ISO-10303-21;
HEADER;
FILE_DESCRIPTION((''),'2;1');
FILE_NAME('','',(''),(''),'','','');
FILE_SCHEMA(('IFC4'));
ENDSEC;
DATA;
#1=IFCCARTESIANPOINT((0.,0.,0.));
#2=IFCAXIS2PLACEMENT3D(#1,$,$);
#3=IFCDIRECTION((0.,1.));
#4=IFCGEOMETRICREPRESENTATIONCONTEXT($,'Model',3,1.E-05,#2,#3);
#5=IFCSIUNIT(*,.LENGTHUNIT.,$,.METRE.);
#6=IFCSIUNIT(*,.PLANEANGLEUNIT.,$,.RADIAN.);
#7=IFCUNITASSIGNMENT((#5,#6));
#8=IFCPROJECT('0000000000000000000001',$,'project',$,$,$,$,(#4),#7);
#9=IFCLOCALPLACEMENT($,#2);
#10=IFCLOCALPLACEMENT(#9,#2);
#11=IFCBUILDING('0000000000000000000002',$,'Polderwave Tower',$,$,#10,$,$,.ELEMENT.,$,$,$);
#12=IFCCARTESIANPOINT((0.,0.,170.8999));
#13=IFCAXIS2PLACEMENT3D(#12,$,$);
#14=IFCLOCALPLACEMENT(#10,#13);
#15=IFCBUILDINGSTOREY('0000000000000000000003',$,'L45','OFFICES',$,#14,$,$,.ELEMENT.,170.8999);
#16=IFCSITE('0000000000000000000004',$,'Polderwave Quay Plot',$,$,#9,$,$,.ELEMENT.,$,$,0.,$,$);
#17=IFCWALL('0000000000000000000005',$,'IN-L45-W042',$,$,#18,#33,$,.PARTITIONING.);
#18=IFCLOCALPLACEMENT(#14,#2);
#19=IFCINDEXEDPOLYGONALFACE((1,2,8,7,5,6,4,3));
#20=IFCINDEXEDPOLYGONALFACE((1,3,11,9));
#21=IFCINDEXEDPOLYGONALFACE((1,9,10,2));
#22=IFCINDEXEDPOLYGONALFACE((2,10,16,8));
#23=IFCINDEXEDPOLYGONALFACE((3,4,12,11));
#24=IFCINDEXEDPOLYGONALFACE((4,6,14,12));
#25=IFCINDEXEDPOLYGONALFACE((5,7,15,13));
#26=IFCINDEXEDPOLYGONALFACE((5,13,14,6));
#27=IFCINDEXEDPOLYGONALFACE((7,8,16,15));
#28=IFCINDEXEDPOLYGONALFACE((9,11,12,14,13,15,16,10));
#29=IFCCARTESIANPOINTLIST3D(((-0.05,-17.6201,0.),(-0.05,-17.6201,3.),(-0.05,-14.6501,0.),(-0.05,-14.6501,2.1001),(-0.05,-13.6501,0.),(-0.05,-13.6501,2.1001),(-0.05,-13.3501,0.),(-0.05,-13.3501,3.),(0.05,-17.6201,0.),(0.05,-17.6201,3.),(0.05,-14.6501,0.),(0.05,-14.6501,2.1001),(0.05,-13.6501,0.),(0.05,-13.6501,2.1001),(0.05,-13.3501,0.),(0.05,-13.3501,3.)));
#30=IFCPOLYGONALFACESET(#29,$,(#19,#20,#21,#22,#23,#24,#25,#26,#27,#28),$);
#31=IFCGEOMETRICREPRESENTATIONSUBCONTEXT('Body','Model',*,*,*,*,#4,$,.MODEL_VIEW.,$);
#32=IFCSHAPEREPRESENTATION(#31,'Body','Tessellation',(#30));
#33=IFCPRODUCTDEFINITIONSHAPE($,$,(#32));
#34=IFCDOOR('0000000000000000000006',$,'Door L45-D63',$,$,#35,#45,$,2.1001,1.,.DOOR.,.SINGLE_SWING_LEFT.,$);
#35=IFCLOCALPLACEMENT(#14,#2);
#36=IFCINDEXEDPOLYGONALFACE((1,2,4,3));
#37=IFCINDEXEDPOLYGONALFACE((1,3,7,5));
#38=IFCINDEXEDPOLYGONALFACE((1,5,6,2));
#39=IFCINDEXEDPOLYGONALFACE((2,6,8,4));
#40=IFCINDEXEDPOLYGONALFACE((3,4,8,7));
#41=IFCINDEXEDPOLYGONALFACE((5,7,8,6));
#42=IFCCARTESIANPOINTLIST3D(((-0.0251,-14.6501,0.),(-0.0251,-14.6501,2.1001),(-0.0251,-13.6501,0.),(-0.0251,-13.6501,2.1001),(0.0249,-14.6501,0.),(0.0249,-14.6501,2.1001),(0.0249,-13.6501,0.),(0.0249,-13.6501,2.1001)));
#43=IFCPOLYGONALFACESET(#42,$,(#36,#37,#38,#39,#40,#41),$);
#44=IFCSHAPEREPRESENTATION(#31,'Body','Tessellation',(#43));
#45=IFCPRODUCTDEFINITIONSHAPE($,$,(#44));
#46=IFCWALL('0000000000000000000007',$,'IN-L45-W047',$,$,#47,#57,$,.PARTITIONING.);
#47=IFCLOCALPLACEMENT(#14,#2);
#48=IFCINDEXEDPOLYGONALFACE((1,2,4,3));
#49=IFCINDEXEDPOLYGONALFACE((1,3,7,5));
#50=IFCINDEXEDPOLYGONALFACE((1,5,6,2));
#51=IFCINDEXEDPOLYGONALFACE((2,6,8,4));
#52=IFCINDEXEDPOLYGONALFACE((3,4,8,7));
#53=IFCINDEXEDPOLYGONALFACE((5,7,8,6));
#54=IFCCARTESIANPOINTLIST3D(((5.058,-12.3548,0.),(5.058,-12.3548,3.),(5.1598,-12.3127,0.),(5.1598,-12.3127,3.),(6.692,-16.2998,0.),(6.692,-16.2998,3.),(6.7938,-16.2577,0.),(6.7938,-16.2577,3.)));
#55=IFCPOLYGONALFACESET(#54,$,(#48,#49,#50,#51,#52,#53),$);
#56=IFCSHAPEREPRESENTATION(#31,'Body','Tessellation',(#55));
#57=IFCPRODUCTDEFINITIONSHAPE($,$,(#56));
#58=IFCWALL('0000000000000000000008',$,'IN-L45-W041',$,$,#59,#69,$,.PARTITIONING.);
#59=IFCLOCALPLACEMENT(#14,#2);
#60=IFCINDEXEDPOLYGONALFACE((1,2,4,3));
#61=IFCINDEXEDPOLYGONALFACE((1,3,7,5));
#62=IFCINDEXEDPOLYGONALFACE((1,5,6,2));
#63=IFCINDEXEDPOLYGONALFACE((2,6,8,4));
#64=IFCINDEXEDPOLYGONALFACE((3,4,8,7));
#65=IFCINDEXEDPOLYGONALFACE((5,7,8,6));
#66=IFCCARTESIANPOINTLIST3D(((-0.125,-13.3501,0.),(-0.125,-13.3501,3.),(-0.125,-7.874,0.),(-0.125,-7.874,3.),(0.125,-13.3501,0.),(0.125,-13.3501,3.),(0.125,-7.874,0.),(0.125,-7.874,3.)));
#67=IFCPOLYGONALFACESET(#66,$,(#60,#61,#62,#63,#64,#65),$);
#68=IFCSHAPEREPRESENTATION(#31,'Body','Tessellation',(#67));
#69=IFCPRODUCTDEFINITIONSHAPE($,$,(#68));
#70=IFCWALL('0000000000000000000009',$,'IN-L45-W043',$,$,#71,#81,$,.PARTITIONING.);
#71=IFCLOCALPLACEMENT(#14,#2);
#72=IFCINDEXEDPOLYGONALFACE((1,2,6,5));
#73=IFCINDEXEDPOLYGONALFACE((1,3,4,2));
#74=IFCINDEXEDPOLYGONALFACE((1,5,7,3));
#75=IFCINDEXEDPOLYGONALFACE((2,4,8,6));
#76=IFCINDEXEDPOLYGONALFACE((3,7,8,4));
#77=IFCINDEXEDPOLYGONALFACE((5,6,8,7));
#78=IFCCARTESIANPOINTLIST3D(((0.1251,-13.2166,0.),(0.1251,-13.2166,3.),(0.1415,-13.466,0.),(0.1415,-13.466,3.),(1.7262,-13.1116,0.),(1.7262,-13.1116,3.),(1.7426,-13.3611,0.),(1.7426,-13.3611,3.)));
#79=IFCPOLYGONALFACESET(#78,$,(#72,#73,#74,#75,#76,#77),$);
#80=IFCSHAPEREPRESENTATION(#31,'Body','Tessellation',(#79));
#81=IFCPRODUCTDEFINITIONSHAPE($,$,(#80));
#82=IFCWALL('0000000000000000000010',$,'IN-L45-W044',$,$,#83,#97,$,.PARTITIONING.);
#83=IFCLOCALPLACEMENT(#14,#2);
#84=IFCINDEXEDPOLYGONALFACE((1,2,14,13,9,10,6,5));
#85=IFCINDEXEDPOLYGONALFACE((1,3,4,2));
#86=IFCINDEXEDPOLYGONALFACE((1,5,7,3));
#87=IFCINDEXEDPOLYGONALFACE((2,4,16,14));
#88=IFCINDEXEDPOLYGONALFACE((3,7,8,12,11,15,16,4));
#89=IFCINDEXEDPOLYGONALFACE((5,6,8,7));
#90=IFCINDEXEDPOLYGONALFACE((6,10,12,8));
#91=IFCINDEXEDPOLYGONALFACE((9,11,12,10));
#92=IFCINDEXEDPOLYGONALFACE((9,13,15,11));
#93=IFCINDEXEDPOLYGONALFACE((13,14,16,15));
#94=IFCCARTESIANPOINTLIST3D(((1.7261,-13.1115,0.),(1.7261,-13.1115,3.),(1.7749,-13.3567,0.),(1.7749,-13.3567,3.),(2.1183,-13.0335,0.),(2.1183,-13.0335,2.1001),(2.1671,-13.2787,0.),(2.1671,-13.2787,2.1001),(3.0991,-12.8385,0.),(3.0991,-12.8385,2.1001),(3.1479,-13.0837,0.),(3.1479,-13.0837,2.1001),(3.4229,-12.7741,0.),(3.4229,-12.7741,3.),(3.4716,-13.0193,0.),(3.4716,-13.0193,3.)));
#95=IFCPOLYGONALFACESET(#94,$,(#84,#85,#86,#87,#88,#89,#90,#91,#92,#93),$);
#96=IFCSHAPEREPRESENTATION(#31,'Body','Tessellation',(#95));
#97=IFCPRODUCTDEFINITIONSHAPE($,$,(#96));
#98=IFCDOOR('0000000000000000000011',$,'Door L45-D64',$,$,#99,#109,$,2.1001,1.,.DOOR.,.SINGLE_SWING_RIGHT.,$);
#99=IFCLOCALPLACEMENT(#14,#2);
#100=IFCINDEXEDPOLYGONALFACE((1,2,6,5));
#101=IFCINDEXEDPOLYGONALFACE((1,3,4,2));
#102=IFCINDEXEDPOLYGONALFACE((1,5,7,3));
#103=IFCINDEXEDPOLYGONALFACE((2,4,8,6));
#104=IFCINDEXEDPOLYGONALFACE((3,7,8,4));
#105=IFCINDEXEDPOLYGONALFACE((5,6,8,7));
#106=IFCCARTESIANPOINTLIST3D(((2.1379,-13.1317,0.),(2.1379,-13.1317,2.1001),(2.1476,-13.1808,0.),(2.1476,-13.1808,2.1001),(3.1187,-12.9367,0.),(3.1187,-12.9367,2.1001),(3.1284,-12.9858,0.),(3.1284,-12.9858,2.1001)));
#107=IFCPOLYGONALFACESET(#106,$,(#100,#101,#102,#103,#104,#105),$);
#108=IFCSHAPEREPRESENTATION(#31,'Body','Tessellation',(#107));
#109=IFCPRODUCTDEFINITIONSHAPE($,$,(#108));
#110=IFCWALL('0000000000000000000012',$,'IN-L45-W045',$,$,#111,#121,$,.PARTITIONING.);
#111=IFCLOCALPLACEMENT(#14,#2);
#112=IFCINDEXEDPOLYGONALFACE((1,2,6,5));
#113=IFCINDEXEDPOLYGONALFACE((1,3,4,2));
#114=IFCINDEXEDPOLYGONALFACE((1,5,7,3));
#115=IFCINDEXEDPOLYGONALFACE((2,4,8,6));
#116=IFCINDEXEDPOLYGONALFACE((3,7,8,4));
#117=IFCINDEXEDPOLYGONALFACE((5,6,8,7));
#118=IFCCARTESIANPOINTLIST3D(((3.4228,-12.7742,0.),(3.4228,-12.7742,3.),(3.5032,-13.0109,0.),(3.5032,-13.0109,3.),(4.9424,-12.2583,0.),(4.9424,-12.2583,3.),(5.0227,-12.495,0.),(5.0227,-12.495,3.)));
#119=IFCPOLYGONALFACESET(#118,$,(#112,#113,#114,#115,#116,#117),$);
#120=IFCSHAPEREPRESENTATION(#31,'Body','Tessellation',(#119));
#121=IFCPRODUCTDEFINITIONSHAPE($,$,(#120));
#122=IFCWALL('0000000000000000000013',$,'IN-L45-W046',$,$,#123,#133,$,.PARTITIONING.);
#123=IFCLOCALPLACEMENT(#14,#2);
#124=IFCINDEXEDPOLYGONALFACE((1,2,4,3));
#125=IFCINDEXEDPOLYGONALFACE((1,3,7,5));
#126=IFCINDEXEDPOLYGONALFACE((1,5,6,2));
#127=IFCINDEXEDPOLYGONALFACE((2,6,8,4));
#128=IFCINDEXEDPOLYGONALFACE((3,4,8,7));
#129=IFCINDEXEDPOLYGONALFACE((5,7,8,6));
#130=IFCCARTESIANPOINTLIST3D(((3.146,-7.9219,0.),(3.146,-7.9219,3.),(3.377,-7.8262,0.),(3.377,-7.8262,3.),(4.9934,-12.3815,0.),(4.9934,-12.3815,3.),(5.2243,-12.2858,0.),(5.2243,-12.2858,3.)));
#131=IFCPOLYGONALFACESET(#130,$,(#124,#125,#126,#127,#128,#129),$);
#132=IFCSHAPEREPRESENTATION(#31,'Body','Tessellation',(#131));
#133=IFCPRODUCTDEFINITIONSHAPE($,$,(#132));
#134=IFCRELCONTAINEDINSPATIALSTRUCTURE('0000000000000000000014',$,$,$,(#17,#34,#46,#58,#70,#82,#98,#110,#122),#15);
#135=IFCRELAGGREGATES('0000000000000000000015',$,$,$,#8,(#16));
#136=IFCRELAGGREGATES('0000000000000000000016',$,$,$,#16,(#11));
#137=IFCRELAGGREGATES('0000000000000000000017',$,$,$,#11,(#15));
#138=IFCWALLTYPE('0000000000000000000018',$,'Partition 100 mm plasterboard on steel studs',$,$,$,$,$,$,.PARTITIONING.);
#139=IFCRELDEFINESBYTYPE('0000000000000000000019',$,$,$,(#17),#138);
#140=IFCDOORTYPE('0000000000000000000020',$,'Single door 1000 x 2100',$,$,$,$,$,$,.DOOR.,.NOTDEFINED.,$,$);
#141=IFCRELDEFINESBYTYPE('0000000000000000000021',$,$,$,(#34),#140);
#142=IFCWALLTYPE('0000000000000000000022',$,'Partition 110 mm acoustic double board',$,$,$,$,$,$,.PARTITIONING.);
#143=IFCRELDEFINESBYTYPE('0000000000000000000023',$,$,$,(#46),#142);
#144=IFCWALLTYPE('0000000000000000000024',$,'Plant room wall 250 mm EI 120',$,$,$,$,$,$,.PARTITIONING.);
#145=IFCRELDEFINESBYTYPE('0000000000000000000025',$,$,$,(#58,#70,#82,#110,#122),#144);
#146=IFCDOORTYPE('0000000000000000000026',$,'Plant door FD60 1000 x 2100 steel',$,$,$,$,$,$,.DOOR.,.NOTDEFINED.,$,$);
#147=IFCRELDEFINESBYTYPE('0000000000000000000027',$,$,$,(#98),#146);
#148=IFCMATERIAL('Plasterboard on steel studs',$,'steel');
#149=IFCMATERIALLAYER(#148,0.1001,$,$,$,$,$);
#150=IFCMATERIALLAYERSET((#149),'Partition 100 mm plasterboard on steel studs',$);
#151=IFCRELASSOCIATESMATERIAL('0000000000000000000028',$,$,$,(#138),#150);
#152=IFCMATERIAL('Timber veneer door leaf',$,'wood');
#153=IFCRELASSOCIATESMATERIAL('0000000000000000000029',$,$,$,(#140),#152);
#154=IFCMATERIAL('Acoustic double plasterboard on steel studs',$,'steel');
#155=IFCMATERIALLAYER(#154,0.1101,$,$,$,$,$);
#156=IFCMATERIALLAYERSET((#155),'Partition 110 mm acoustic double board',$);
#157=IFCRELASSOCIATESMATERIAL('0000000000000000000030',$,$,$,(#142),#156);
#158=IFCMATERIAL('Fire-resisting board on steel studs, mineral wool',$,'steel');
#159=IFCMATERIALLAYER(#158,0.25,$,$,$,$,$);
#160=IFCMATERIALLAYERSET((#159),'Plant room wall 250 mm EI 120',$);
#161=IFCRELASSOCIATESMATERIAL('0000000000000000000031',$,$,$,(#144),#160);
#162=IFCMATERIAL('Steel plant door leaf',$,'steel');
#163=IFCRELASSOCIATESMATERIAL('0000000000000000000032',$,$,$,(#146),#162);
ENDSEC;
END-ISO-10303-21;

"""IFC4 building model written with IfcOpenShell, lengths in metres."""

from ifc_helpers import new_model, si_unit, direction, frame, frame_2d, origin, place, context, subcontext, project, spatial, rectangle, extrude, material, layer, layer_set, type_object, element, fill, save


model = new_model("IFC4")

# Units and contexts
model_context = context("Model", 3, precision=1e-05, world=origin(), true_north=direction((0.0, 1.0)))
body_context = subcontext(model_context, "Body", "Model", "MODEL_VIEW")
ifc_project = project(units=[si_unit("LENGTHUNIT", "METRE"), si_unit("PLANEANGLEUNIT", "RADIAN")], contexts=[model_context])

# Site, building, storey
site_placement = place(None, origin())
site = spatial("IfcSite", under=ifc_project, at=site_placement, Name="Polderwave Quay Plot", CompositionType="ELEMENT", RefElevation=0.0)
building_placement = place(site_placement, origin())
building = spatial("IfcBuilding", under=site, at=building_placement, Name="Polderwave Tower", CompositionType="ELEMENT")
storey_placement = place(building_placement, frame((0.0, 0.0, 170.8999)))
storey = spatial("IfcBuildingStorey", under=building, at=storey_placement, Name="L45", Description="OFFICES", CompositionType="ELEMENT", Elevation=170.8999)

# Wall, opening, door
ifc_material_1 = material(Name="Plasterboard on steel studs", Category="steel")
ifc_layer_1 = layer(ifc_material_1, 0.1001)
ifc_layer_set_1 = layer_set([ifc_layer_1], Name="Partition 100 mm plasterboard on steel studs")
wall_type_1 = type_object("IfcWallType", Name="Partition 100 mm plasterboard on steel studs", PredefinedType="PARTITIONING", material=ifc_layer_set_1)
wall_1_placement = place(storey_placement, frame((0.0, -13.3501, 0.0), z_axis=(0.0, 0.0, 1.0), x_axis=(0.0, -1.0, 0.0)))
wall_1 = element("IfcWall", 1, at=wall_1_placement, inside=storey, type_object=wall_type_1, Name="IN-L45-W042", PredefinedType="PARTITIONING", context=body_context, shape_type="SweptSolid", body=[
    extrude(rectangle(XDim=4.27, YDim=0.1001, at=frame_2d((2.135, 0.0))), origin(), (0.0, 0.0, 1.0), 3.0),
])
opening_1_placement = place(wall_1_placement, frame((0.3, 0.0, 0.0)))
opening_1 = element("IfcOpeningElement", 2, at=opening_1_placement, cuts=wall_1, PredefinedType="OPENING", context=body_context, shape_type="SweptSolid", body=[
    extrude(rectangle(XDim=1.0, YDim=2.1001, at=frame_2d((0.5, 1.05))), frame((0.0, 0.0601, 0.0), z_axis=(0.0, -1.0, 0.0), x_axis=(1.0, 0.0, 0.0)), (0.0, 0.0, 1.0), 0.1201),
])
ifc_material_2 = material(Name="Timber veneer door leaf", Category="wood")
door_type_1 = type_object("IfcDoorType", Name="Single door 1000 x 2100", OperationType="NOTDEFINED", PredefinedType="DOOR", material=ifc_material_2)
door_1_placement = place(opening_1_placement, origin())
door_1 = element("IfcDoor", 3, at=door_1_placement, inside=storey, type_object=door_type_1, Name="Door L45-D63", OperationType="SINGLE_SWING_LEFT", OverallHeight=2.1001, OverallWidth=1.0, PredefinedType="DOOR", context=body_context, shape_type="SweptSolid", body=[
    extrude(rectangle(XDim=1.0, YDim=2.1001, at=frame_2d((0.5, 1.05))), frame((0.0, 0.0249, 0.0), z_axis=(0.0, -1.0, 0.0), x_axis=(1.0, 0.0, 0.0)), (0.0, 0.0, 1.0), 0.05),
])
fill(opening_1, door_1)

# Walls
ifc_material_3 = material(Name="Acoustic double plasterboard on steel studs", Category="steel")
ifc_layer_2 = layer(ifc_material_3, 0.1101)
ifc_layer_set_2 = layer_set([ifc_layer_2], Name="Partition 110 mm acoustic double board")
wall_type_2 = type_object("IfcWallType", Name="Partition 110 mm acoustic double board", PredefinedType="PARTITIONING", material=ifc_layer_set_2)
wall_2_placement = place(storey_placement, frame((5.1089, -12.3337, 0.0), z_axis=(0.0, 0.0, 1.0), x_axis=(0.38267, -0.923885, 0.0)))
element("IfcWall", 4, at=wall_2_placement, inside=storey, type_object=wall_type_2, Name="IN-L45-W047", PredefinedType="PARTITIONING", context=body_context, shape_type="SweptSolid", body=[
    extrude(rectangle(XDim=4.27, YDim=0.1101, at=frame_2d((2.135, 0.0))), origin(), (0.0, 0.0, 1.0), 3.0),
])
ifc_material_4 = material(Name="Fire-resisting board on steel studs, mineral wool", Category="steel")
ifc_layer_3 = layer(ifc_material_4, 0.25)
ifc_layer_set_3 = layer_set([ifc_layer_3], Name="Plant room wall 250 mm EI 120")
wall_type_3 = type_object("IfcWallType", Name="Plant room wall 250 mm EI 120", PredefinedType="PARTITIONING", material=ifc_layer_set_3)
wall_3_placement = place(storey_placement, frame((0.0, -7.874, 0.0), z_axis=(0.0, 0.0, 1.0), x_axis=(0.0, -1.0, 0.0)))
element("IfcWall", 5, at=wall_3_placement, inside=storey, type_object=wall_type_3, Name="IN-L45-W041", PredefinedType="PARTITIONING", context=body_context, shape_type="SweptSolid", body=[
    extrude(rectangle(XDim=5.4761, YDim=0.25, at=frame_2d((2.738, 0.0))), origin(), (0.0, 0.0, 1.0), 3.0),
])
wall_4_placement = place(storey_placement, frame((1.7344, -13.2363, 0.0), z_axis=(0.0, 0.0, 1.0), x_axis=(-0.997857, -0.065428, 0.0)))
element("IfcWall", 6, at=wall_4_placement, inside=storey, type_object=wall_type_3, Name="IN-L45-W043", PredefinedType="PARTITIONING", context=body_context, shape_type="SweptSolid", body=[
    extrude(rectangle(XDim=1.6045, YDim=0.25, at=frame_2d((0.8022, 0.0))), origin(), (0.0, 0.0, 1.0), 3.0),
])

# Wall, opening, door
wall_5_placement = place(storey_placement, frame((1.7505, -13.2341, 0.0), z_axis=(0.0, 0.0, 1.0), x_axis=(0.980797, 0.19503, 0.0)))
wall_5 = element("IfcWall", 7, at=wall_5_placement, inside=storey, type_object=wall_type_3, Name="IN-L45-W044", PredefinedType="PARTITIONING", context=body_context, shape_type="SweptSolid", body=[
    extrude(rectangle(XDim=1.73, YDim=0.25, at=frame_2d((0.865, 0.0))), origin(), (0.0, 0.0, 1.0), 3.0),
])
opening_2_placement = place(wall_5_placement, frame((0.3999, 0.0, 0.0)))
opening_2 = element("IfcOpeningElement", 8, at=opening_2_placement, cuts=wall_5, PredefinedType="OPENING", context=body_context, shape_type="SweptSolid", body=[
    extrude(rectangle(XDim=1.0, YDim=2.1001, at=frame_2d((0.5, 1.05))), frame((0.0, 0.135, 0.0), z_axis=(0.0, -1.0, 0.0), x_axis=(1.0, 0.0, 0.0)), (0.0, 0.0, 1.0), 0.27),
])
ifc_material_5 = material(Name="Steel plant door leaf", Category="steel")
door_type_2 = type_object("IfcDoorType", Name="Plant door FD60 1000 x 2100 steel", OperationType="NOTDEFINED", PredefinedType="DOOR", material=ifc_material_5)
door_2_placement = place(opening_2_placement, origin())
door_2 = element("IfcDoor", 9, at=door_2_placement, inside=storey, type_object=door_type_2, Name="Door L45-D64", OperationType="SINGLE_SWING_RIGHT", OverallHeight=2.1001, OverallWidth=1.0, PredefinedType="DOOR", context=body_context, shape_type="SweptSolid", body=[
    extrude(rectangle(XDim=1.0, YDim=2.1001, at=frame_2d((0.5, 1.05))), frame((0.0, 0.0249, 0.0), z_axis=(0.0, -1.0, 0.0), x_axis=(1.0, 0.0, 0.0)), (0.0, 0.0, 1.0), 0.05),
])
fill(opening_2, door_2)

# Walls
wall_6_placement = place(storey_placement, frame((4.9824, -12.3767, 0.0), z_axis=(0.0, 0.0, 1.0), x_axis=(-0.946919, -0.321472, 0.0)))
element("IfcWall", 10, at=wall_6_placement, inside=storey, type_object=wall_type_3, Name="IN-L45-W045", PredefinedType="PARTITIONING", context=body_context, shape_type="SweptSolid", body=[
    extrude(rectangle(XDim=1.6047, YDim=0.25, at=frame_2d((0.8022, 0.0))), origin(), (0.0, 0.0, 1.0), 3.0),
])
wall_7_placement = place(storey_placement, frame((3.2615, -7.874, 0.0), z_axis=(0.0, 0.0, 1.0), x_axis=(0.382708, -0.92387, 0.0)))
element("IfcWall", 11, at=wall_7_placement, inside=storey, type_object=wall_type_3, Name="IN-L45-W046", PredefinedType="PARTITIONING", context=body_context, shape_type="SweptSolid", body=[
    extrude(rectangle(XDim=4.8271, YDim=0.25, at=frame_2d((2.4136, 0.0))), origin(), (0.0, 0.0, 1.0), 3.0),
])

save(model, "model.ifc")
